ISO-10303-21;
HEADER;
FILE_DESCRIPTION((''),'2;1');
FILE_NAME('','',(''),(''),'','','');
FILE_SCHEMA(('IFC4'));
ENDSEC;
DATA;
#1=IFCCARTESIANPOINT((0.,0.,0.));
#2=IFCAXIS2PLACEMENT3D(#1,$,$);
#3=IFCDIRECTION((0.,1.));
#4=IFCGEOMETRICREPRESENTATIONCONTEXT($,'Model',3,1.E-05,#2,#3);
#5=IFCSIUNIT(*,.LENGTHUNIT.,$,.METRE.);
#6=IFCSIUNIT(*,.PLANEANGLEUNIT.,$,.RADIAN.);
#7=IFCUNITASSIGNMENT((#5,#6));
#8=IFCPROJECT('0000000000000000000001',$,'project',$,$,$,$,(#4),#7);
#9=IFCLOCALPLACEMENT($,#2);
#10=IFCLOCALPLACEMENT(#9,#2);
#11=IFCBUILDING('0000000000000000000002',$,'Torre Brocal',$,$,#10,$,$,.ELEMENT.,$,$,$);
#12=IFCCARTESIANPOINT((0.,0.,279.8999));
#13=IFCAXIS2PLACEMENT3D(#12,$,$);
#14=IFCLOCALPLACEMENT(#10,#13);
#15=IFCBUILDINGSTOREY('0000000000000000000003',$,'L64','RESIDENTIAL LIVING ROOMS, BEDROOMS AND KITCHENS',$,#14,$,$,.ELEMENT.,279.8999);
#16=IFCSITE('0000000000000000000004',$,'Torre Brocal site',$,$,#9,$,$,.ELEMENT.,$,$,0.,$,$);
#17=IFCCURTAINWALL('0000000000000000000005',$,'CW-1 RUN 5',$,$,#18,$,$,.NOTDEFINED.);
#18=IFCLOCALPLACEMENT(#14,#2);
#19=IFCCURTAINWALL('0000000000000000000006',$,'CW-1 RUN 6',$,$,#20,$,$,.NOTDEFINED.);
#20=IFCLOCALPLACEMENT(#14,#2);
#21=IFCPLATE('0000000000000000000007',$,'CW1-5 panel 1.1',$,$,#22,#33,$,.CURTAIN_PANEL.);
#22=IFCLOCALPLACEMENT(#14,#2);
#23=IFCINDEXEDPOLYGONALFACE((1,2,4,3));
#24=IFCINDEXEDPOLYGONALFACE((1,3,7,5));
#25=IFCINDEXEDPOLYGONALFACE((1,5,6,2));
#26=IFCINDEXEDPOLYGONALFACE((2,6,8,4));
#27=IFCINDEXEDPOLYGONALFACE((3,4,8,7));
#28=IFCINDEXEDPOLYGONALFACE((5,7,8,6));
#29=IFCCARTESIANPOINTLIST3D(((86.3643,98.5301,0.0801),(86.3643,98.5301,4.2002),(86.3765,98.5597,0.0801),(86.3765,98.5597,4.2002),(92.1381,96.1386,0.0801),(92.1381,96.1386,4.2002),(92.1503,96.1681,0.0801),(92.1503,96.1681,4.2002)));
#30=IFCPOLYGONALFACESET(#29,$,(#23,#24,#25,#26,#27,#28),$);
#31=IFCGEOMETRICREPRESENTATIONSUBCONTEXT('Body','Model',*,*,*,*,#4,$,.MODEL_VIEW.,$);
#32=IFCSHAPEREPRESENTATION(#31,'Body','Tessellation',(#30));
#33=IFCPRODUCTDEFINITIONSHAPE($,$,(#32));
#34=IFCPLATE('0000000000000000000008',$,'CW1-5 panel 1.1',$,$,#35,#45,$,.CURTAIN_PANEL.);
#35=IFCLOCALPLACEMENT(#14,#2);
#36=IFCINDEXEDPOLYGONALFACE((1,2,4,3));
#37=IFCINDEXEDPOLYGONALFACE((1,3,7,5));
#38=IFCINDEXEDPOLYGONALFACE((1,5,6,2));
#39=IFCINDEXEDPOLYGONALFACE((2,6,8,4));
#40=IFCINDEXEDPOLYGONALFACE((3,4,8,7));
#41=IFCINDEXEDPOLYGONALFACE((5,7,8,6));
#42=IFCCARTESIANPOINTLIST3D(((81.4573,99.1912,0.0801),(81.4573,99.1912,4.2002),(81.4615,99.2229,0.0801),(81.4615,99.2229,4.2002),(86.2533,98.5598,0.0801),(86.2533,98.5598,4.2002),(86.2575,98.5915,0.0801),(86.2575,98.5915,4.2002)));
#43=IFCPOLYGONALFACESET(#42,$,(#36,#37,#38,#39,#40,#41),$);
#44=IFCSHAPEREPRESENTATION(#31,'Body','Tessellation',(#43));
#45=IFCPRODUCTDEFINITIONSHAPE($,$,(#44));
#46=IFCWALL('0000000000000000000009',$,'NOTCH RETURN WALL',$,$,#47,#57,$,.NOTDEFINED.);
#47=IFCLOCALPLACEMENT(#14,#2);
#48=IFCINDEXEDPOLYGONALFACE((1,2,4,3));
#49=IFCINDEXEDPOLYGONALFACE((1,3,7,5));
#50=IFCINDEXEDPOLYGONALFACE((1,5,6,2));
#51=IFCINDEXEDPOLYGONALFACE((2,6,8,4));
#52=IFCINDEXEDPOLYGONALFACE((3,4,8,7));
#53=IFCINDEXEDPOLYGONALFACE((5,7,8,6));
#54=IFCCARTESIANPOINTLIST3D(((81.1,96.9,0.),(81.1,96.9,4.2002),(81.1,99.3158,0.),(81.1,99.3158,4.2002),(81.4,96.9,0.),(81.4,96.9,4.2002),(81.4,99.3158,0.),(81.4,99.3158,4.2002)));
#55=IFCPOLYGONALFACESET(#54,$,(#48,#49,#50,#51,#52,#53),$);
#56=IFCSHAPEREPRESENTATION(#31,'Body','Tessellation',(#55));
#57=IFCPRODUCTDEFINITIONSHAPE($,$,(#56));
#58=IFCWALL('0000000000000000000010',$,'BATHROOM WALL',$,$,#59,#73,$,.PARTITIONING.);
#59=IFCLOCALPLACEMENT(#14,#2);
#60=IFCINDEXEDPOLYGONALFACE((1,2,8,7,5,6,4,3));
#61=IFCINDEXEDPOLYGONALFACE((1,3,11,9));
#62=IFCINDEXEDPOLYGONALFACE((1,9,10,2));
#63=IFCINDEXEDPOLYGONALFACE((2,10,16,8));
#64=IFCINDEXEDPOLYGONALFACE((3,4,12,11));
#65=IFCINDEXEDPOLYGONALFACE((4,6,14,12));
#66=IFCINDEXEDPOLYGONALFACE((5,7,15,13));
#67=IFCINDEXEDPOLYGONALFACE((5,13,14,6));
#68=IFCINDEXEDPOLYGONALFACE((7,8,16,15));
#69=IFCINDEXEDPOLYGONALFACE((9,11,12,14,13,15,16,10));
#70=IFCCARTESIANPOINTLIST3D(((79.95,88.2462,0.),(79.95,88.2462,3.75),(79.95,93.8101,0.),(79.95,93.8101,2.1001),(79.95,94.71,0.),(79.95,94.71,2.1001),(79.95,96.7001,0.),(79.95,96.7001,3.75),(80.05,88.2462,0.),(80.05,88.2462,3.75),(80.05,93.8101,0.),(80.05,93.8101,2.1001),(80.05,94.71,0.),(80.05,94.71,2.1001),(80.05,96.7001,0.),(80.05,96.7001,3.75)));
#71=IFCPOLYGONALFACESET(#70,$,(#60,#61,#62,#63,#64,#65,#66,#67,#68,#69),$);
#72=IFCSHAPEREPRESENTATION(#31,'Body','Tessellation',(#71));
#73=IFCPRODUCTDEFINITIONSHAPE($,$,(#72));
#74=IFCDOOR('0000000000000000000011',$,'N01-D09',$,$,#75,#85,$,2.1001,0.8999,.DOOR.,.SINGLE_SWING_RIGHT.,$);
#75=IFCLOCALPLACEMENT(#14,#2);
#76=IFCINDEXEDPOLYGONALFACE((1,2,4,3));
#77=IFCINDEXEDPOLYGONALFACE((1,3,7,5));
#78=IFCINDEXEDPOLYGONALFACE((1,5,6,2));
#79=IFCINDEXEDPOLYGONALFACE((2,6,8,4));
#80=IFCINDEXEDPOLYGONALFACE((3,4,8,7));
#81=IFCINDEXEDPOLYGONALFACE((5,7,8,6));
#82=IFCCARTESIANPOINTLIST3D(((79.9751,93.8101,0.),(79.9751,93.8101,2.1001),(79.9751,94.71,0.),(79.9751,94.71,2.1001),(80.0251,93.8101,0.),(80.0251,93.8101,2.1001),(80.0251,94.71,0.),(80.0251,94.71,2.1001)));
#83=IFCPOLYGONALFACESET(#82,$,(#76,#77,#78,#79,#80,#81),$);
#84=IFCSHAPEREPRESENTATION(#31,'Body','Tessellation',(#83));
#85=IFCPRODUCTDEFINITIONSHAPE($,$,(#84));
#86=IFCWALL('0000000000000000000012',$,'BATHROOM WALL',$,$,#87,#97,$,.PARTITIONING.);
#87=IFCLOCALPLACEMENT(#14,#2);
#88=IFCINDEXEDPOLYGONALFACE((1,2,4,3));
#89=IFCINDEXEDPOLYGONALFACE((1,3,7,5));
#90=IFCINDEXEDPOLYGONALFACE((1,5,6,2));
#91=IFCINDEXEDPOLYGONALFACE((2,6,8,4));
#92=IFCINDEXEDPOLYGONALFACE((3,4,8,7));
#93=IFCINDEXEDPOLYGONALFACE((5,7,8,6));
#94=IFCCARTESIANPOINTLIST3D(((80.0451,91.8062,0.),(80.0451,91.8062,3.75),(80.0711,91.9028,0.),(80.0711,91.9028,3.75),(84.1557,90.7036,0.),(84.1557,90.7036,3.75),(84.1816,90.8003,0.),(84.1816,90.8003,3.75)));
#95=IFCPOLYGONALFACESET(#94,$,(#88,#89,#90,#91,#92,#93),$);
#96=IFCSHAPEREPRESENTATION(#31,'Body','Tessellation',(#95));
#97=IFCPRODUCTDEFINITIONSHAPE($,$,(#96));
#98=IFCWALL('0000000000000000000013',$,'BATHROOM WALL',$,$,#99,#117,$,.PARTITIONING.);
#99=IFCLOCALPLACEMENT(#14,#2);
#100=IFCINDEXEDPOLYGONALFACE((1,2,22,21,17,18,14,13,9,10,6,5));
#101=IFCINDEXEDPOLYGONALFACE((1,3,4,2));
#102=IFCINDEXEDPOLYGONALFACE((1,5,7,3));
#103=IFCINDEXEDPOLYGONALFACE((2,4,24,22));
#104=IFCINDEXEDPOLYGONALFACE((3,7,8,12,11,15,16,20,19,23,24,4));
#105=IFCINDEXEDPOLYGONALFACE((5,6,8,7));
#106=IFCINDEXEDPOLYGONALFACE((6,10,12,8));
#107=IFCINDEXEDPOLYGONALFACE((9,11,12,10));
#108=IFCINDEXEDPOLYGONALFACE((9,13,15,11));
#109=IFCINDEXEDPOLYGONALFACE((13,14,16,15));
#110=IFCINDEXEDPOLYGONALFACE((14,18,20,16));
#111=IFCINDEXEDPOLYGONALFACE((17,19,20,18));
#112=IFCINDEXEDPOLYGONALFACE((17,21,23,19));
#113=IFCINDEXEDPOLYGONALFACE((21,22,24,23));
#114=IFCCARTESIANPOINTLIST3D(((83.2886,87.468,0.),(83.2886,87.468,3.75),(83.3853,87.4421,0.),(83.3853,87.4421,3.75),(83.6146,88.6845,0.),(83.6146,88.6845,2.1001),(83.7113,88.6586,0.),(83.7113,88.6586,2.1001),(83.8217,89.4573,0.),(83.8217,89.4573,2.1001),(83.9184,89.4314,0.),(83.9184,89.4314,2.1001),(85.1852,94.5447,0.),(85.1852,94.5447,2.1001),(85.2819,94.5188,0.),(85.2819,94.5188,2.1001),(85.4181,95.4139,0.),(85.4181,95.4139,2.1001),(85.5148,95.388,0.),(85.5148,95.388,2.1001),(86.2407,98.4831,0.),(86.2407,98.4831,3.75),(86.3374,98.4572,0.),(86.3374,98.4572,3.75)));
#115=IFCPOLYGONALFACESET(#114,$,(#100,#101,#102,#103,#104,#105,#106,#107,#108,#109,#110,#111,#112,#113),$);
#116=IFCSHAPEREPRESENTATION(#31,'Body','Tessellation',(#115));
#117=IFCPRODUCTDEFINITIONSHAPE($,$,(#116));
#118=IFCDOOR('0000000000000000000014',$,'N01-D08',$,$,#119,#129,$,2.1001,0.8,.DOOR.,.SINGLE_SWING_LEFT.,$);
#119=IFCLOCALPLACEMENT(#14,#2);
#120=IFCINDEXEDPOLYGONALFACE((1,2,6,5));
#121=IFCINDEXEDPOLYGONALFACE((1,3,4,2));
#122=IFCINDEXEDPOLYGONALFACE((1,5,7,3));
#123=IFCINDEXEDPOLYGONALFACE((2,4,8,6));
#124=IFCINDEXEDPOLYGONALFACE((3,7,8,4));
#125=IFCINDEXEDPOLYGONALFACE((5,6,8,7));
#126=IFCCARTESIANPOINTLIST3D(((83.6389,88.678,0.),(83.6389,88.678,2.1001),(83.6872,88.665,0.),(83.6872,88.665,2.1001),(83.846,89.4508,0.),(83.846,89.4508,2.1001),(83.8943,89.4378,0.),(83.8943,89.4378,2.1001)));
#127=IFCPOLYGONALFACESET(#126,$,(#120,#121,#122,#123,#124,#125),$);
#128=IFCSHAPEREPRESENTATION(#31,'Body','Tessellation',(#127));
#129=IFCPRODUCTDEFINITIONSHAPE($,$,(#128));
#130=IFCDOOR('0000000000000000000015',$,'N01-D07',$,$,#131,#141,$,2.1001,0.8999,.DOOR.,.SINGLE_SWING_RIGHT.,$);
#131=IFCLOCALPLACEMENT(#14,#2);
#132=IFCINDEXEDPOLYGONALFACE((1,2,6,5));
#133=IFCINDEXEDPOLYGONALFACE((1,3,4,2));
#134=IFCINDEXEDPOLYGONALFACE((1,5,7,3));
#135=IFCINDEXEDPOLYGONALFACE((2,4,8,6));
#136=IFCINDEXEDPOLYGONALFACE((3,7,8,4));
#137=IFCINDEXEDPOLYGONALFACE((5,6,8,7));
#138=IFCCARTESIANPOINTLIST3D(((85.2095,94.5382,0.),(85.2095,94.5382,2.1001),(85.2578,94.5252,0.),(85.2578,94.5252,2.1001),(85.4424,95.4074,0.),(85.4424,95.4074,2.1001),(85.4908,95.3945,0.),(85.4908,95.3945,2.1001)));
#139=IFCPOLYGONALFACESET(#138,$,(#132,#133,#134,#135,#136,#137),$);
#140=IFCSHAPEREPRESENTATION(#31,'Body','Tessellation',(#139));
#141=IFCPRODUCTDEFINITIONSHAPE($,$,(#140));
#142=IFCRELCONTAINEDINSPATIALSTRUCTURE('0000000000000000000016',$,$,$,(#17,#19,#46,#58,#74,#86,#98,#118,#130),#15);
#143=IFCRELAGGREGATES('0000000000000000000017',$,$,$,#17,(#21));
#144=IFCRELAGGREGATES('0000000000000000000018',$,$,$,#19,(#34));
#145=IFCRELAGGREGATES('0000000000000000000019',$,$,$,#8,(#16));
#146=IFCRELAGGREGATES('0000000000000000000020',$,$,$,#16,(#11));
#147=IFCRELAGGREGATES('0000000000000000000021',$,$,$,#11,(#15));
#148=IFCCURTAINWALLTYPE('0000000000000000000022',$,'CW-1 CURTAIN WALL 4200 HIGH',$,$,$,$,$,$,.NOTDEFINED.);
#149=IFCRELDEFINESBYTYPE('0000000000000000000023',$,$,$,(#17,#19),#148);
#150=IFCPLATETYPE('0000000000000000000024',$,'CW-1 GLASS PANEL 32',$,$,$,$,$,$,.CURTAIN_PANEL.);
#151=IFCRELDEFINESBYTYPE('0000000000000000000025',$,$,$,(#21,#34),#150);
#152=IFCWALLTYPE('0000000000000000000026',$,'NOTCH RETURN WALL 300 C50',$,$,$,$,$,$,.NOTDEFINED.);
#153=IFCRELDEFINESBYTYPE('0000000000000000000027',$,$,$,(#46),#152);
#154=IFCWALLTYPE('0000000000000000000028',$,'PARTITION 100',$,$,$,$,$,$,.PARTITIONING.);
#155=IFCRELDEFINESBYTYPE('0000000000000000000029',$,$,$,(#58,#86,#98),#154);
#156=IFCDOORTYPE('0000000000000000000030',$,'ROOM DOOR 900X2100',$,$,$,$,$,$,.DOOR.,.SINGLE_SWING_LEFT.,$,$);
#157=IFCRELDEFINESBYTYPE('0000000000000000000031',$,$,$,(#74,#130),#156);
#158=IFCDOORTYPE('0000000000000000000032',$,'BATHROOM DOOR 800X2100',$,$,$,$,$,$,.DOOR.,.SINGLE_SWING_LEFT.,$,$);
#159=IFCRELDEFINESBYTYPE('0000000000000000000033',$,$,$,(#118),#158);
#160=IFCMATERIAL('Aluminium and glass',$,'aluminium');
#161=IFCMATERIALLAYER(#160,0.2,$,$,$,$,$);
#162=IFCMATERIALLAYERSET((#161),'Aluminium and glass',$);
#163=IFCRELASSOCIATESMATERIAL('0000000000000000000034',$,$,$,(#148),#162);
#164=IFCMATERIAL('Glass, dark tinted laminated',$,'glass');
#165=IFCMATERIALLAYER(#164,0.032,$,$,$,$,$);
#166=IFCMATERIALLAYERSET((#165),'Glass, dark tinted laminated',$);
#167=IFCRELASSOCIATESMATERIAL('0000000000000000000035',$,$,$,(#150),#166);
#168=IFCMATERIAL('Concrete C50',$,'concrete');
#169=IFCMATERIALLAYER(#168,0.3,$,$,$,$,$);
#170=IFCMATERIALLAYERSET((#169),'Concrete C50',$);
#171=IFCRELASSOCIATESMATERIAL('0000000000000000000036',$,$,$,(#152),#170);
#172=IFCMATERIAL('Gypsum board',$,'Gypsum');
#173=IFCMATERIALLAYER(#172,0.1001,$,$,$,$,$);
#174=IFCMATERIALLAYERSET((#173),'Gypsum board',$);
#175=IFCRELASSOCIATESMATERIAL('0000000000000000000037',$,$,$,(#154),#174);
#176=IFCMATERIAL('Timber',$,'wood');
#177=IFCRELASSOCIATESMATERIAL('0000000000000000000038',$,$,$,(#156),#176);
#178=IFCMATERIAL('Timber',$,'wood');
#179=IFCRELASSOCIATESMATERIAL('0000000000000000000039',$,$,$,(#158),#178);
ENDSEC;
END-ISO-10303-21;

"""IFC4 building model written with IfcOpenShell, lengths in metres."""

from ifc_helpers import new_model, si_unit, direction, frame, frame_2d, origin, origin_2d, place, context, subcontext, project, spatial, rectangle, extrude, material, layer, layer_set, type_object, element, fill, aggregate, save


model = new_model("IFC4")

# Units and contexts
model_context = context("Model", 3, precision=1e-05, world=origin(), true_north=direction((0.0, 1.0)))
body_context = subcontext(model_context, "Body", "Model", "MODEL_VIEW")
ifc_project = project(units=[si_unit("LENGTHUNIT", "METRE"), si_unit("PLANEANGLEUNIT", "RADIAN")], contexts=[model_context])

# Site, building, storey
site_placement = place(None, origin())
site = spatial("IfcSite", under=ifc_project, at=site_placement, Name="Torre Brocal site", CompositionType="ELEMENT", RefElevation=0.0)
building_placement = place(site_placement, origin())
building = spatial("IfcBuilding", under=site, at=building_placement, Name="Torre Brocal", CompositionType="ELEMENT")
storey_placement = place(building_placement, frame((0.0, 0.0, 279.8999)))
storey = spatial("IfcBuildingStorey", under=building, at=storey_placement, Name="L64", Description="RESIDENTIAL LIVING ROOMS, BEDROOMS AND KITCHENS", CompositionType="ELEMENT", Elevation=279.8999)

# Curtain wall
ifc_material_1 = material(Name="Aluminium and glass", Category="aluminium")
ifc_layer_1 = layer(ifc_material_1, 0.2)
ifc_layer_set_1 = layer_set([ifc_layer_1], Name="Aluminium and glass")
curtain_wall_type = type_object("IfcCurtainWallType", Name="CW-1 CURTAIN WALL 4200 HIGH", PredefinedType="NOTDEFINED", material=ifc_layer_set_1)
curtain_wall_1_placement = place(storey_placement, origin())
curtain_wall_1 = element("IfcCurtainWall", 1, at=curtain_wall_1_placement, inside=storey, type_object=curtain_wall_type, Name="CW-1 RUN 5", PredefinedType="NOTDEFINED")

# Curtain wall
curtain_wall_2_placement = place(storey_placement, origin())
curtain_wall_2 = element("IfcCurtainWall", 2, at=curtain_wall_2_placement, inside=storey, type_object=curtain_wall_type, Name="CW-1 RUN 6", PredefinedType="NOTDEFINED")

# Plates
ifc_material_2 = material(Name="Glass, dark tinted laminated", Category="glass")
ifc_layer_2 = layer(ifc_material_2, 0.032)
ifc_layer_set_2 = layer_set([ifc_layer_2], Name="Glass, dark tinted laminated")
plate_type = type_object("IfcPlateType", Name="CW-1 GLASS PANEL 32", PredefinedType="CURTAIN_PANEL", material=ifc_layer_set_2)
plate_1_placement = place(storey_placement, frame((89.2573, 97.3491, 0.0801), z_axis=(0.0, 0.0, 1.0), x_axis=(-0.92388, 0.382683, 0.0)))
plate_1 = element("IfcPlate", 3, at=plate_1_placement, type_object=plate_type, Name="CW1-5 panel 1.1", PredefinedType="CURTAIN_PANEL", context=body_context, shape_type="SweptSolid", body=[
    extrude(rectangle(XDim=6.2495, YDim=0.032, at=origin_2d()), origin(), (0.0, 0.0, 1.0), 4.1201),
])
aggregate(curtain_wall_1, [plate_1])
plate_2_placement = place(storey_placement, frame((83.8574, 98.8914, 0.0801), z_axis=(0.0, 0.0, 1.0), x_axis=(-0.991445, 0.130526, 0.0)))
plate_2 = element("IfcPlate", 4, at=plate_2_placement, type_object=plate_type, Name="CW1-5 panel 1.1", PredefinedType="CURTAIN_PANEL", context=body_context, shape_type="SweptSolid", body=[
    extrude(rectangle(XDim=4.8374, YDim=0.032, at=origin_2d()), origin(), (0.0, 0.0, 1.0), 4.1201),
])
aggregate(curtain_wall_2, [plate_2])

# Wall
ifc_material_3 = material(Name="Concrete C50", Category="concrete")
ifc_layer_3 = layer(ifc_material_3, 0.3)
ifc_layer_set_3 = layer_set([ifc_layer_3], Name="Concrete C50")
wall_type_1 = type_object("IfcWallType", Name="NOTCH RETURN WALL 300 C50", PredefinedType="NOTDEFINED", material=ifc_layer_set_3)
wall_1_placement = place(storey_placement, frame((81.25, 96.8999, 0.0), z_axis=(0.0, 0.0, 1.0), x_axis=(0.0, 1.0, 0.0)))
element("IfcWall", 5, at=wall_1_placement, inside=storey, type_object=wall_type_1, Name="NOTCH RETURN WALL", PredefinedType="NOTDEFINED", context=body_context, shape_type="SweptSolid", body=[
    extrude(rectangle(XDim=2.4158, YDim=0.3, at=frame_2d((1.208, 0.0))), origin(), (0.0, 0.0, 1.0), 4.2002),
])

# Wall, opening, door
ifc_material_4 = material(Name="Gypsum board", Category="Gypsum")
ifc_layer_4 = layer(ifc_material_4, 0.1001)
ifc_layer_set_4 = layer_set([ifc_layer_4], Name="Gypsum board")
wall_type_2 = type_object("IfcWallType", Name="PARTITION 100", PredefinedType="PARTITIONING", material=ifc_layer_set_4)
wall_2_placement = place(storey_placement, frame((80.0, 88.2461, 0.0), z_axis=(0.0, 0.0, 1.0), x_axis=(0.0, 1.0, 0.0)))
wall_2 = element("IfcWall", 6, at=wall_2_placement, inside=storey, type_object=wall_type_2, Name="BATHROOM WALL", PredefinedType="PARTITIONING", context=body_context, shape_type="SweptSolid", body=[
    extrude(rectangle(XDim=8.4539, YDim=0.1001, at=frame_2d((4.2271, 0.0))), origin(), (0.0, 0.0, 1.0), 3.75),
])
opening_1_placement = place(wall_2_placement, frame((5.564, 0.0, 0.0)))
opening_1 = element("IfcOpeningElement", 7, at=opening_1_placement, cuts=wall_2, PredefinedType="OPENING", context=body_context, shape_type="SweptSolid", body=[
    extrude(rectangle(XDim=0.8999, YDim=2.1001, at=frame_2d((0.45, 1.05))), frame((0.0, 0.0601, 0.0), z_axis=(0.0, -1.0, 0.0), x_axis=(1.0, 0.0, 0.0)), (0.0, 0.0, 1.0), 0.1201),
])
ifc_material_5 = material(Name="Timber", Category="wood")
door_type_1 = type_object("IfcDoorType", Name="ROOM DOOR 900X2100", OperationType="SINGLE_SWING_LEFT", PredefinedType="DOOR", material=ifc_material_5)
door_1_placement = place(opening_1_placement, origin())
door_1 = element("IfcDoor", 8, at=door_1_placement, inside=storey, type_object=door_type_1, Name="N01-D09", OperationType="SINGLE_SWING_RIGHT", OverallHeight=2.1001, OverallWidth=0.8999, PredefinedType="DOOR", context=body_context, shape_type="SweptSolid", body=[
    extrude(rectangle(XDim=0.8999, YDim=2.1001, at=frame_2d((0.45, 1.05))), frame((0.0, 0.0249, 0.0), z_axis=(0.0, -1.0, 0.0), x_axis=(1.0, 0.0, 0.0)), (0.0, 0.0, 1.0), 0.05),
])
fill(opening_1, door_1)

# Wall
wall_3_placement = place(storey_placement, frame((80.0581, 91.8545, 0.0), z_axis=(0.0, 0.0, 1.0), x_axis=(0.965861, -0.259062, 0.0)))
element("IfcWall", 9, at=wall_3_placement, inside=storey, type_object=wall_type_2, Name="BATHROOM WALL", PredefinedType="PARTITIONING", context=body_context, shape_type="SweptSolid", body=[
    extrude(rectangle(XDim=4.2559, YDim=0.1001, at=frame_2d((2.1279, 0.0))), origin(), (0.0, 0.0, 1.0), 3.75),
])

# Wall, openings, doors
wall_4_placement = place(storey_placement, frame((83.3369, 87.4551, 0.0), z_axis=(0.0, 0.0, 1.0), x_axis=(0.258872, 0.965912, 0.0)))
wall_4 = element("IfcWall", 10, at=wall_4_placement, inside=storey, type_object=wall_type_2, Name="BATHROOM WALL", PredefinedType="PARTITIONING", context=body_context, shape_type="SweptSolid", body=[
    extrude(rectangle(XDim=11.4038, YDim=0.1001, at=frame_2d((5.7019, 0.0))), origin(), (0.0, 0.0, 1.0), 3.75),
])
opening_2_placement = place(wall_4_placement, frame((7.3264, 0.0, 0.0)))
opening_2 = element("IfcOpeningElement", 11, at=opening_2_placement, cuts=wall_4, PredefinedType="OPENING", context=body_context, shape_type="SweptSolid", body=[
    extrude(rectangle(XDim=0.8999, YDim=2.1001, at=frame_2d((0.45, 1.05))), frame((0.0, 0.0601, 0.0), z_axis=(0.0, -1.0, 0.0), x_axis=(1.0, 0.0, 0.0)), (0.0, 0.0, 1.0), 0.1201),
])
opening_3_placement = place(wall_4_placement, frame((1.2595, 0.0, 0.0)))
opening_3 = element("IfcOpeningElement", 12, at=opening_3_placement, cuts=wall_4, PredefinedType="OPENING", context=body_context, shape_type="SweptSolid", body=[
    extrude(rectangle(XDim=0.8, YDim=2.1001, at=frame_2d((0.3999, 1.05))), frame((0.0, 0.0601, 0.0), z_axis=(0.0, -1.0, 0.0), x_axis=(1.0, 0.0, 0.0)), (0.0, 0.0, 1.0), 0.1201),
])
ifc_material_6 = material(Name="Timber", Category="wood")
door_type_2 = type_object("IfcDoorType", Name="BATHROOM DOOR 800X2100", OperationType="SINGLE_SWING_LEFT", PredefinedType="DOOR", material=ifc_material_6)
door_2_placement = place(opening_3_placement, origin())
door_2 = element("IfcDoor", 13, at=door_2_placement, inside=storey, type_object=door_type_2, Name="N01-D08", OperationType="SINGLE_SWING_LEFT", OverallHeight=2.1001, OverallWidth=0.8, PredefinedType="DOOR", context=body_context, shape_type="SweptSolid", body=[
    extrude(rectangle(XDim=0.8, YDim=2.1001, at=frame_2d((0.3999, 1.05))), frame((0.0, 0.0249, 0.0), z_axis=(0.0, -1.0, 0.0), x_axis=(1.0, 0.0, 0.0)), (0.0, 0.0, 1.0), 0.05),
])
fill(opening_3, door_2)
door_3_placement = place(opening_2_placement, origin())
door_3 = element("IfcDoor", 14, at=door_3_placement, inside=storey, type_object=door_type_1, Name="N01-D07", OperationType="SINGLE_SWING_RIGHT", OverallHeight=2.1001, OverallWidth=0.8999, PredefinedType="DOOR", context=body_context, shape_type="SweptSolid", body=[
    extrude(rectangle(XDim=0.8999, YDim=2.1001, at=frame_2d((0.45, 1.05))), frame((0.0, 0.0249, 0.0), z_axis=(0.0, -1.0, 0.0), x_axis=(1.0, 0.0, 0.0)), (0.0, 0.0, 1.0), 0.05),
])
fill(opening_2, door_3)

save(model, "model.ifc")
